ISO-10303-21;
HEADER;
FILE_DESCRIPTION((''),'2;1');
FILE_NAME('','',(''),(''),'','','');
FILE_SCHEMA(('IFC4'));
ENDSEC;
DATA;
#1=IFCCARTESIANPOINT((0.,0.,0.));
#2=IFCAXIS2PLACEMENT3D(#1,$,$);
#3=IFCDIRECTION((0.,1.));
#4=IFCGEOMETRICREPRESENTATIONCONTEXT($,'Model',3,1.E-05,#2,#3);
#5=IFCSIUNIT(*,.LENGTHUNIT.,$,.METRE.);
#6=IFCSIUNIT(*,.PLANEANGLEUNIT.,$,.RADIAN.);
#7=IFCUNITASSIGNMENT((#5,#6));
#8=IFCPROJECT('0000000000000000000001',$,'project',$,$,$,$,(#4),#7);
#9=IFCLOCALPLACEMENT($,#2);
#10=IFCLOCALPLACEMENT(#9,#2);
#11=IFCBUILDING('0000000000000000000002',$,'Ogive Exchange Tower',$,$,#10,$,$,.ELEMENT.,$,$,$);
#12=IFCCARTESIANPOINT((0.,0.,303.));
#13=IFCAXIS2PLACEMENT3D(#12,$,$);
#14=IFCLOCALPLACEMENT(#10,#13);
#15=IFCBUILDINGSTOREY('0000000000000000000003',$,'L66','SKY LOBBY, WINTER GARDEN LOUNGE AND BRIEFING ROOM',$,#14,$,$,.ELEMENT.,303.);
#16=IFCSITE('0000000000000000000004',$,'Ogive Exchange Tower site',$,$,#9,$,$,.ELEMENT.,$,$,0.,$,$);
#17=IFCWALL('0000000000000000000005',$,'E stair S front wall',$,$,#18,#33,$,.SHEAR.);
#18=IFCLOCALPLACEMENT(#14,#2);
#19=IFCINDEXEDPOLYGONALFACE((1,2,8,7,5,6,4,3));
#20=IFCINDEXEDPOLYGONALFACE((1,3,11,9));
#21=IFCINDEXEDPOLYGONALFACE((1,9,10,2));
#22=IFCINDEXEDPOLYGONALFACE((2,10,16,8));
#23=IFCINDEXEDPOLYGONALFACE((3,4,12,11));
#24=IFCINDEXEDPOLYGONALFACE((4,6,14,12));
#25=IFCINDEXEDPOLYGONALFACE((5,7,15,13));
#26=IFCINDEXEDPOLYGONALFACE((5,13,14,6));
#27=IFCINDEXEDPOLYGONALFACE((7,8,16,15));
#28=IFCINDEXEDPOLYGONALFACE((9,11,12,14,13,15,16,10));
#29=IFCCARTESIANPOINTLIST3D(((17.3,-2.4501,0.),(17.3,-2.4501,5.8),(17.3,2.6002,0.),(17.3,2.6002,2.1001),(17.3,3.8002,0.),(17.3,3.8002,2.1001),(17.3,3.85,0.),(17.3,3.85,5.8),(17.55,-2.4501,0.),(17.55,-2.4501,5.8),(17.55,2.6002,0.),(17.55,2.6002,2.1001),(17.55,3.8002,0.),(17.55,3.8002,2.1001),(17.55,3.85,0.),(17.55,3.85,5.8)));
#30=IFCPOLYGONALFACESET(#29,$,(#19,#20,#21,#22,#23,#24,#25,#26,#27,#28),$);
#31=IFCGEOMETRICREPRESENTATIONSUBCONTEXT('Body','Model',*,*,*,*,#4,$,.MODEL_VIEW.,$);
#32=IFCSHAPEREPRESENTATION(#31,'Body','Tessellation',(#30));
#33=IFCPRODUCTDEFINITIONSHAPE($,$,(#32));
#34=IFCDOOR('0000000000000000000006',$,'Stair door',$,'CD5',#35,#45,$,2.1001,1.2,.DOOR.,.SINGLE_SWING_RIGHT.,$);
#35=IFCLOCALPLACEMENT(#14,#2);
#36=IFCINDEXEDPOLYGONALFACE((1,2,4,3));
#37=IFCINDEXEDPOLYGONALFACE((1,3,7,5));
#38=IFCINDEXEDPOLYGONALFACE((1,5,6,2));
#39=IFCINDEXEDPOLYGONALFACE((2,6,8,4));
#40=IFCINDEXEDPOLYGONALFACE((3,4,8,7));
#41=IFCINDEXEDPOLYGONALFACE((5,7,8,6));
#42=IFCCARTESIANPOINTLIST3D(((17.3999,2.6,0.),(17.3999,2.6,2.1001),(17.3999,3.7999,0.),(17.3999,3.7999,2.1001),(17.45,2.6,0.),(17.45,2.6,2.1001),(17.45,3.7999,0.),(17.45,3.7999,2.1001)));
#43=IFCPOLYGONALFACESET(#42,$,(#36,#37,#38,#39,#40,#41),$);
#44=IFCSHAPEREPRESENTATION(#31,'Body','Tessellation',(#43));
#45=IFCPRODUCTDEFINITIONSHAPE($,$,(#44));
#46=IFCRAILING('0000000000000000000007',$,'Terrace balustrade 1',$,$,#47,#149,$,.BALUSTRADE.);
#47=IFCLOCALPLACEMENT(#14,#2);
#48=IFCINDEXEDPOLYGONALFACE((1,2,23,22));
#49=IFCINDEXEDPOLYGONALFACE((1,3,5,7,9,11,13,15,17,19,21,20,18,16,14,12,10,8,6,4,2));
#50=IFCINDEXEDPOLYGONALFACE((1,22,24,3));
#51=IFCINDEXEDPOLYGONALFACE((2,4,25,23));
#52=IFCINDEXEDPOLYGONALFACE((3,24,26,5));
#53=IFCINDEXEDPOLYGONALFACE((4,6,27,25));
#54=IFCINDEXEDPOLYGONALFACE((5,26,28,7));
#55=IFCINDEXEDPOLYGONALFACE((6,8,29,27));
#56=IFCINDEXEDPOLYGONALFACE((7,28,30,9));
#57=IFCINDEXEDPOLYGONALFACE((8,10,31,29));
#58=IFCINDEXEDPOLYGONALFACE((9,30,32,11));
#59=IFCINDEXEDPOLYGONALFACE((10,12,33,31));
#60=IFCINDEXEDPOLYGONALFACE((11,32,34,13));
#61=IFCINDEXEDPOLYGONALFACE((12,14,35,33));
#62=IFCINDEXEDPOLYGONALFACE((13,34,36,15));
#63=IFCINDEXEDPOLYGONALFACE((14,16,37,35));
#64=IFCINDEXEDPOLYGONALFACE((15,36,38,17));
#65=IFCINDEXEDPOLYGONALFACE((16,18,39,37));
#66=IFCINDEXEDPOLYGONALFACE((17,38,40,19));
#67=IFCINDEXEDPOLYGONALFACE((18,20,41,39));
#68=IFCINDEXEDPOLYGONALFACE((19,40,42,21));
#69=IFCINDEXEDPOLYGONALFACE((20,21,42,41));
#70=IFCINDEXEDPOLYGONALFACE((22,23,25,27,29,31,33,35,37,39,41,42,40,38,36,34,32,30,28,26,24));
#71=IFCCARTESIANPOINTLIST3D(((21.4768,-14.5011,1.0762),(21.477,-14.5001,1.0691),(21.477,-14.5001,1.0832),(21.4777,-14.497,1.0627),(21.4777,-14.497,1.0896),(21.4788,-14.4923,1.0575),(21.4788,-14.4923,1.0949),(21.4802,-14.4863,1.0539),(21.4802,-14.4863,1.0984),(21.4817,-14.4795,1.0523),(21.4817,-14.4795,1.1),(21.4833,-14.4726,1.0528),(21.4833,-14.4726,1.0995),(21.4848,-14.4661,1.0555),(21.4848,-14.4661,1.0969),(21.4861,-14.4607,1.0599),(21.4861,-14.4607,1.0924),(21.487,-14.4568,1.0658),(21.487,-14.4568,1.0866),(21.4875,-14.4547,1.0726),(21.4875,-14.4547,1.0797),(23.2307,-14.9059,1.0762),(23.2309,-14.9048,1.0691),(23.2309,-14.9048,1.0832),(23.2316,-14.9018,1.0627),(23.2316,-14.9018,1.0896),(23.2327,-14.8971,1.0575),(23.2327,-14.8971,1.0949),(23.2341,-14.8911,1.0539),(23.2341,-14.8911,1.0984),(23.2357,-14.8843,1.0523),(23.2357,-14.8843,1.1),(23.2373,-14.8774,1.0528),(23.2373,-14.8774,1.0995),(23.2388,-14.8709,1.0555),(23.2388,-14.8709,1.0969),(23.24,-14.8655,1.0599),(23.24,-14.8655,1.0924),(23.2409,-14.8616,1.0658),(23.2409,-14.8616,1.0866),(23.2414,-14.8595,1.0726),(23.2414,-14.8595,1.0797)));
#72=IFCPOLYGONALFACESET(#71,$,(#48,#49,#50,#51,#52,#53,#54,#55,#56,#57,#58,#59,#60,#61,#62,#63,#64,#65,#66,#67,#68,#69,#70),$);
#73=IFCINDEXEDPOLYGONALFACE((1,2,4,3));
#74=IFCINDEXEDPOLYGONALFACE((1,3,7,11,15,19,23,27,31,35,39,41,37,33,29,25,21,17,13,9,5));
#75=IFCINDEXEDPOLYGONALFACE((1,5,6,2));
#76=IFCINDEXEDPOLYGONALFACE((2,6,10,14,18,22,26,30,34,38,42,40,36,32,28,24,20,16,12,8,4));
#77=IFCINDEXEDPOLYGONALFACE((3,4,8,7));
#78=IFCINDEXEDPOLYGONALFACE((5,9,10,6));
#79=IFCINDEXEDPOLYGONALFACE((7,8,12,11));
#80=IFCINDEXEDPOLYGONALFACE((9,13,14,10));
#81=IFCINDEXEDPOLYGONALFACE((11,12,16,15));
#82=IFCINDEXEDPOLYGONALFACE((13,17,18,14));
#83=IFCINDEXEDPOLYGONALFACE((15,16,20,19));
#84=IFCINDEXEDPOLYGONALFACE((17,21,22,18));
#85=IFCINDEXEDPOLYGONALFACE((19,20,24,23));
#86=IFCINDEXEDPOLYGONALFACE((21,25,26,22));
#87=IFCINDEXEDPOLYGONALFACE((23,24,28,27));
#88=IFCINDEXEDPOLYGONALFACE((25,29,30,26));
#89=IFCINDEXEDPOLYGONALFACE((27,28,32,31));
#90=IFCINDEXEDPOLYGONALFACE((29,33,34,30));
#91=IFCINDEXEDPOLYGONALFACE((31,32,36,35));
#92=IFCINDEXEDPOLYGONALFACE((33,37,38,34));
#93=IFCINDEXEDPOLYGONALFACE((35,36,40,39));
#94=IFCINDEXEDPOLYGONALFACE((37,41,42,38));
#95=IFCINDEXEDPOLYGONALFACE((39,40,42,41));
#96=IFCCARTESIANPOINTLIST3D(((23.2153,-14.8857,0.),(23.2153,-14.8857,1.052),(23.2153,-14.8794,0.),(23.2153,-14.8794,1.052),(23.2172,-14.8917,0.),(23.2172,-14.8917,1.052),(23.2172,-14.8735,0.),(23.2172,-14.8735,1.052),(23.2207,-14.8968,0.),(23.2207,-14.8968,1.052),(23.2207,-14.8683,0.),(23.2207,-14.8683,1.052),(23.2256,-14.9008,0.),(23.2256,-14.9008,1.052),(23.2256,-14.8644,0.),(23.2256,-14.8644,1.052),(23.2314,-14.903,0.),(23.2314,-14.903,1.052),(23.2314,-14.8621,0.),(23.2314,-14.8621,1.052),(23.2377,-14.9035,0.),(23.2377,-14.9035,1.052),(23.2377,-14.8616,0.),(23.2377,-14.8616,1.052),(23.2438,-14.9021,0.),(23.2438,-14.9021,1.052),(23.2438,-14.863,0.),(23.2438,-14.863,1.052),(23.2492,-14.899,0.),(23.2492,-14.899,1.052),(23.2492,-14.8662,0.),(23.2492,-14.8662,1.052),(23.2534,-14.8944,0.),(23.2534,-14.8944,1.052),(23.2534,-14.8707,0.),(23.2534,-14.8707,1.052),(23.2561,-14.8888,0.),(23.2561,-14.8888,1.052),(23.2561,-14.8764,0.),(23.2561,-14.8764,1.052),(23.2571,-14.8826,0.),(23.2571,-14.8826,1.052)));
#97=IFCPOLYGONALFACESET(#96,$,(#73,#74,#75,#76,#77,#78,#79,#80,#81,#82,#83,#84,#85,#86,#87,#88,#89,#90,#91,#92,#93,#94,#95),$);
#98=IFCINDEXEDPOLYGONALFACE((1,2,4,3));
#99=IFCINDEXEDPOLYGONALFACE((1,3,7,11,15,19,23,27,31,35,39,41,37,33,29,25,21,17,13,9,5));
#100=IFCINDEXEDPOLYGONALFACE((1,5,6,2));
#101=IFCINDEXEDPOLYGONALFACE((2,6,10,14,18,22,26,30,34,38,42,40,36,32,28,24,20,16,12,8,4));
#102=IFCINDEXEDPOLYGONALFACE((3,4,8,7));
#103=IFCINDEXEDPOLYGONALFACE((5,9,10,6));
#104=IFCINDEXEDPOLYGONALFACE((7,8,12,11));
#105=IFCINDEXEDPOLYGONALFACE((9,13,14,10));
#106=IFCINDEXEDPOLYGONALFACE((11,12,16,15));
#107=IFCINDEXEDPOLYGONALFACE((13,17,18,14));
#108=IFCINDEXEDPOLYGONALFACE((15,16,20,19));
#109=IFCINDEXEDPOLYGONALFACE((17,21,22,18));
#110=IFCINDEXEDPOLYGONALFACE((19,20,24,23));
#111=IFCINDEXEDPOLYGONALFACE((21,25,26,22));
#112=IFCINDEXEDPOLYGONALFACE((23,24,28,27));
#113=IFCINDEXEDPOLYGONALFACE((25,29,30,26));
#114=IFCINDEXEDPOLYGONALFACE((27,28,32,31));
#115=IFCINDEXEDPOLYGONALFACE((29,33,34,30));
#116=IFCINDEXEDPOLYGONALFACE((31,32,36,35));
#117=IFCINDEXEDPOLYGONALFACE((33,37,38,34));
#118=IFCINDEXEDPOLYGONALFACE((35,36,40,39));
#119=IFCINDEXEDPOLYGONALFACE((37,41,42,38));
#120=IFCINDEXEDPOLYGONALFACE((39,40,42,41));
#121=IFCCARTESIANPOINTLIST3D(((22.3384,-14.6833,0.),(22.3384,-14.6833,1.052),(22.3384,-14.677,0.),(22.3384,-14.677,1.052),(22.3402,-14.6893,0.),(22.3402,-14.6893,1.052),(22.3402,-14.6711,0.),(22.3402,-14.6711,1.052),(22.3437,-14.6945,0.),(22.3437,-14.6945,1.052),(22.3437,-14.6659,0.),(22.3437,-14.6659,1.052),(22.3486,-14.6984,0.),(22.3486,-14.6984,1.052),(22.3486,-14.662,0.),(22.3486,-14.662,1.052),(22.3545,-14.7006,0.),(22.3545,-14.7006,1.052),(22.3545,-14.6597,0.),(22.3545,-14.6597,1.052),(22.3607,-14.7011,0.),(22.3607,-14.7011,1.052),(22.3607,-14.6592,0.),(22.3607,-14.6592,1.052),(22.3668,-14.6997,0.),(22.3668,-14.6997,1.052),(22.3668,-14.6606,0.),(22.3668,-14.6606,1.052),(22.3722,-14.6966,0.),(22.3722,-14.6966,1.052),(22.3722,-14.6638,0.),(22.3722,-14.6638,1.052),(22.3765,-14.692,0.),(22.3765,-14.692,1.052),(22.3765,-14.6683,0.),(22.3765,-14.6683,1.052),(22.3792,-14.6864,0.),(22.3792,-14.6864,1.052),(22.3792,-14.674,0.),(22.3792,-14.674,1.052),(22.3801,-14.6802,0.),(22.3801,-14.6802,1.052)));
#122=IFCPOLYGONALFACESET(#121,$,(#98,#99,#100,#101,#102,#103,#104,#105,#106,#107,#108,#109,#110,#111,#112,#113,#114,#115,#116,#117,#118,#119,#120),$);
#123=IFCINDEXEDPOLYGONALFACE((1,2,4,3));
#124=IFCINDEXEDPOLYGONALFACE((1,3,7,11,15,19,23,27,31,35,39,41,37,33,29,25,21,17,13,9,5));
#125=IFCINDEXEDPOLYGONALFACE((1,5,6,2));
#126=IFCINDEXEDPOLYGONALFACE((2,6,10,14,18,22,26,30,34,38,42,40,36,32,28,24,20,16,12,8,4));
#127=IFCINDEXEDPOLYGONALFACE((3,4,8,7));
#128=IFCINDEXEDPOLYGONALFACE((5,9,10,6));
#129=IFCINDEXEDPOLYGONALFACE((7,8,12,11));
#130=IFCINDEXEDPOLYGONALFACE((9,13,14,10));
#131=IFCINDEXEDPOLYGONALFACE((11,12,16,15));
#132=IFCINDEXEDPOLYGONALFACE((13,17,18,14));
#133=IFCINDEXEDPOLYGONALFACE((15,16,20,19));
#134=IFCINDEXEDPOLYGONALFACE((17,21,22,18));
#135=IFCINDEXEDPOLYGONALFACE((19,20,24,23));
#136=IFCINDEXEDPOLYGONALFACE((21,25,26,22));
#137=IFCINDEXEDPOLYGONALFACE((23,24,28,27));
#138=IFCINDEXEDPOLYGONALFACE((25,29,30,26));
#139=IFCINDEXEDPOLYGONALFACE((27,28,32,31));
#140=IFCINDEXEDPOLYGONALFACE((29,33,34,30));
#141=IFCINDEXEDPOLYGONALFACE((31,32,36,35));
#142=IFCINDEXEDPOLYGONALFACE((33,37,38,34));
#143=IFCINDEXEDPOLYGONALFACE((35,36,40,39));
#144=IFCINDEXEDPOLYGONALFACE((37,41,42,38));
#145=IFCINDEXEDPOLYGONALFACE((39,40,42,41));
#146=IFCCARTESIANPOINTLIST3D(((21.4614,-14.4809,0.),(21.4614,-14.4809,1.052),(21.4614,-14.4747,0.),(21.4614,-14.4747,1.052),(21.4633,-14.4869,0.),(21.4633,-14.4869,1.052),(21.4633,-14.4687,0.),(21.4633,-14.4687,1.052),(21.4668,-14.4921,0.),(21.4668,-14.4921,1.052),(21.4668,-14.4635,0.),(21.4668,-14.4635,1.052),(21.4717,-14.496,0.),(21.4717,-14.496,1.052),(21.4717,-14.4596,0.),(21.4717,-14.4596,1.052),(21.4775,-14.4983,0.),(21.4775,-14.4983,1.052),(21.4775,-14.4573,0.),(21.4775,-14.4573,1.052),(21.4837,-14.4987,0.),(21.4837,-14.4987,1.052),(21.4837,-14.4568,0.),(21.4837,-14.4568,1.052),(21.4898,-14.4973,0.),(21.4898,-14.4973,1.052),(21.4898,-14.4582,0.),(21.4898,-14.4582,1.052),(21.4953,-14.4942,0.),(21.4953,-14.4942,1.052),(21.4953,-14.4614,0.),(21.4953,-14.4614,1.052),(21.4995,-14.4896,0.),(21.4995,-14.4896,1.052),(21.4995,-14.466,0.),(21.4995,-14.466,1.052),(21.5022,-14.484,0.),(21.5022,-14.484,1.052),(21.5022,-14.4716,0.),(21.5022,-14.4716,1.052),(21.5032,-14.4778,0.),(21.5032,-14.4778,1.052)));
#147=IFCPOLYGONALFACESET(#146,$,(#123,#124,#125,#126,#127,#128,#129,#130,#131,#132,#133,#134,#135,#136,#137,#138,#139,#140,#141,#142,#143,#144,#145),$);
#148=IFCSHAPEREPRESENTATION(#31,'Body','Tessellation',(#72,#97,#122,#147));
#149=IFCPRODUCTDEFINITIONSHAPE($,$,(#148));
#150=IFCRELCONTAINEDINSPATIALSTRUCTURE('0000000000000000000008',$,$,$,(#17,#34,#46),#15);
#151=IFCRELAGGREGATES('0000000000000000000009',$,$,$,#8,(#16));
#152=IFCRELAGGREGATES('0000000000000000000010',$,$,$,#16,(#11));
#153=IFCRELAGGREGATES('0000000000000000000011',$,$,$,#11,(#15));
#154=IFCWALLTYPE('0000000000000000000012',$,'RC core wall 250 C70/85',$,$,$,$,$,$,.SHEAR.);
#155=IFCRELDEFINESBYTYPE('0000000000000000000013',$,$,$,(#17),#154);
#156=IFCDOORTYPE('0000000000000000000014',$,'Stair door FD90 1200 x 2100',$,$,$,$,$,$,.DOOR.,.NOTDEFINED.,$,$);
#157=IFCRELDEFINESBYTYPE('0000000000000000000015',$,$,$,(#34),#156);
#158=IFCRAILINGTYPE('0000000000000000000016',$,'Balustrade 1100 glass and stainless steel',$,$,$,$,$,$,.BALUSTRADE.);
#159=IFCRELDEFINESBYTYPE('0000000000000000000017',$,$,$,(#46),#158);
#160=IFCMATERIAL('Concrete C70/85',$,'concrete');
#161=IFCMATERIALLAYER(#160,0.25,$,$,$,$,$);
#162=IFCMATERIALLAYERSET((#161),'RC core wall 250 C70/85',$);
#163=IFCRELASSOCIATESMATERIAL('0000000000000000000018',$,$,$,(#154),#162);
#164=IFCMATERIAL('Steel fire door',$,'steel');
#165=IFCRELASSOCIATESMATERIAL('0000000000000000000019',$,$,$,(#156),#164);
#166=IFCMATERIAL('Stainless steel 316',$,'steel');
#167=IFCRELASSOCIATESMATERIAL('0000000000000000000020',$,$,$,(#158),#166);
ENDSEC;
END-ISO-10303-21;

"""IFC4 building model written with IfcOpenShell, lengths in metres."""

from ifc_helpers import new_model, si_unit, direction, frame, frame_2d, origin, origin_2d, place, context, subcontext, project, spatial, rectangle, circle, extrude, material, layer, layer_set, type_object, element, fill, save


model = new_model("IFC4")

# Units and contexts
model_context = context("Model", 3, precision=1e-05, world=origin(), true_north=direction((0.0, 1.0)))
body_context = subcontext(model_context, "Body", "Model", "MODEL_VIEW")
ifc_project = project(units=[si_unit("LENGTHUNIT", "METRE"), si_unit("PLANEANGLEUNIT", "RADIAN")], contexts=[model_context])

# Site, building, storey
site_placement = place(None, origin())
site = spatial("IfcSite", under=ifc_project, at=site_placement, Name="Ogive Exchange Tower site", CompositionType="ELEMENT", RefElevation=0.0)
building_placement = place(site_placement, origin())
building = spatial("IfcBuilding", under=site, at=building_placement, Name="Ogive Exchange Tower", CompositionType="ELEMENT")
storey_placement = place(building_placement, frame((0.0, 0.0, 303.0)))
storey = spatial("IfcBuildingStorey", under=building, at=storey_placement, Name="L66", Description="SKY LOBBY, WINTER GARDEN LOUNGE AND BRIEFING ROOM", CompositionType="ELEMENT", Elevation=303.0)

# Wall, opening, door
ifc_material_1 = material(Name="Concrete C70/85", Category="concrete")
ifc_layer_1 = layer(ifc_material_1, 0.25)
ifc_layer_set_1 = layer_set([ifc_layer_1], Name="RC core wall 250 C70/85")
wall_type_1 = type_object("IfcWallType", Name="RC core wall 250 C70/85", PredefinedType="SHEAR", material=ifc_layer_set_1)
wall_1_placement = place(storey_placement, frame((17.425, -2.45, 0.0), z_axis=(0.0, 0.0, 1.0), x_axis=(0.0, 1.0, 0.0)))
wall_1 = element("IfcWall", 1, at=wall_1_placement, inside=storey, type_object=wall_type_1, Name="E stair S front wall", PredefinedType="SHEAR", context=body_context, shape_type="SweptSolid", body=[
    extrude(rectangle(XDim=6.3, YDim=0.25, at=frame_2d((3.1499, 0.0))), origin(), (0.0, 0.0, 1.0), 5.8),
])
opening_placement = place(wall_1_placement, frame((5.05, 0.0, 0.0)))
opening = element("IfcOpeningElement", 2, at=opening_placement, cuts=wall_1, PredefinedType="OPENING", context=body_context, shape_type="SweptSolid", body=[
    extrude(rectangle(XDim=1.2, YDim=2.1001, at=frame_2d((0.6001, 1.05))), frame((0.0, 0.135, 0.0), z_axis=(0.0, -1.0, 0.0), x_axis=(1.0, 0.0, 0.0)), (0.0, 0.0, 1.0), 0.27),
])
ifc_material_2 = material(Name="Steel fire door", Category="steel")
door_type = type_object("IfcDoorType", Name="Stair door FD90 1200 x 2100", OperationType="NOTDEFINED", PredefinedType="DOOR", material=ifc_material_2)
door_placement = place(opening_placement, frame((1.2, 0.0, 0.0), z_axis=(0.0, 0.0, 1.0), x_axis=(-1.0, 0.0, 0.0)))
door = element("IfcDoor", 3, at=door_placement, inside=storey, type_object=door_type, Name="Stair door", ObjectType="CD5", OperationType="SINGLE_SWING_RIGHT", OverallHeight=2.1001, OverallWidth=1.2, PredefinedType="DOOR", context=body_context, shape_type="SweptSolid", body=[
    extrude(rectangle(XDim=1.2, YDim=2.1001, at=frame_2d((0.6001, 1.05))), frame((0.0, 0.0249, 0.0), z_axis=(0.0, -1.0, 0.0), x_axis=(1.0, 0.0, 0.0)), (0.0, 0.0, 1.0), 0.05),
])
fill(opening, door)

# Railing
ifc_material_3 = material(Name="Stainless steel 316", Category="steel")
railing_type_1 = type_object("IfcRailingType", Name="Balustrade 1100 glass and stainless steel", PredefinedType="BALUSTRADE", material=ifc_material_3)
railing_1_placement = place(storey_placement, frame((23.2361, -14.8826, 0.0)))
element("IfcRailing", 4, at=railing_1_placement, inside=storey, type_object=railing_type_1, Name="Terrace balustrade 1", PredefinedType="BALUSTRADE", context=body_context, shape_type="SweptSolid", body=[
    extrude(circle(Radius=0.0239, at=origin_2d()), frame((0.0, 0.0, 1.0762), z_axis=(-0.974387, 0.224879, 0.0), x_axis=(-0.224879, -0.974387, 0.0)), (0.0, 0.0, 1.0), 1.8),
    extrude(circle(Radius=0.021, at=origin_2d()), origin(), (0.0, 0.0, 1.0), 1.052),
    extrude(circle(Radius=0.021, at=origin_2d()), frame((-0.877, 0.2024, 0.0)), (0.0, 0.0, 1.0), 1.052),
    extrude(circle(Radius=0.021, at=origin_2d()), frame((-1.7539, 0.4048, 0.0)), (0.0, 0.0, 1.0), 1.052),
])

save(model, "model.ifc")
